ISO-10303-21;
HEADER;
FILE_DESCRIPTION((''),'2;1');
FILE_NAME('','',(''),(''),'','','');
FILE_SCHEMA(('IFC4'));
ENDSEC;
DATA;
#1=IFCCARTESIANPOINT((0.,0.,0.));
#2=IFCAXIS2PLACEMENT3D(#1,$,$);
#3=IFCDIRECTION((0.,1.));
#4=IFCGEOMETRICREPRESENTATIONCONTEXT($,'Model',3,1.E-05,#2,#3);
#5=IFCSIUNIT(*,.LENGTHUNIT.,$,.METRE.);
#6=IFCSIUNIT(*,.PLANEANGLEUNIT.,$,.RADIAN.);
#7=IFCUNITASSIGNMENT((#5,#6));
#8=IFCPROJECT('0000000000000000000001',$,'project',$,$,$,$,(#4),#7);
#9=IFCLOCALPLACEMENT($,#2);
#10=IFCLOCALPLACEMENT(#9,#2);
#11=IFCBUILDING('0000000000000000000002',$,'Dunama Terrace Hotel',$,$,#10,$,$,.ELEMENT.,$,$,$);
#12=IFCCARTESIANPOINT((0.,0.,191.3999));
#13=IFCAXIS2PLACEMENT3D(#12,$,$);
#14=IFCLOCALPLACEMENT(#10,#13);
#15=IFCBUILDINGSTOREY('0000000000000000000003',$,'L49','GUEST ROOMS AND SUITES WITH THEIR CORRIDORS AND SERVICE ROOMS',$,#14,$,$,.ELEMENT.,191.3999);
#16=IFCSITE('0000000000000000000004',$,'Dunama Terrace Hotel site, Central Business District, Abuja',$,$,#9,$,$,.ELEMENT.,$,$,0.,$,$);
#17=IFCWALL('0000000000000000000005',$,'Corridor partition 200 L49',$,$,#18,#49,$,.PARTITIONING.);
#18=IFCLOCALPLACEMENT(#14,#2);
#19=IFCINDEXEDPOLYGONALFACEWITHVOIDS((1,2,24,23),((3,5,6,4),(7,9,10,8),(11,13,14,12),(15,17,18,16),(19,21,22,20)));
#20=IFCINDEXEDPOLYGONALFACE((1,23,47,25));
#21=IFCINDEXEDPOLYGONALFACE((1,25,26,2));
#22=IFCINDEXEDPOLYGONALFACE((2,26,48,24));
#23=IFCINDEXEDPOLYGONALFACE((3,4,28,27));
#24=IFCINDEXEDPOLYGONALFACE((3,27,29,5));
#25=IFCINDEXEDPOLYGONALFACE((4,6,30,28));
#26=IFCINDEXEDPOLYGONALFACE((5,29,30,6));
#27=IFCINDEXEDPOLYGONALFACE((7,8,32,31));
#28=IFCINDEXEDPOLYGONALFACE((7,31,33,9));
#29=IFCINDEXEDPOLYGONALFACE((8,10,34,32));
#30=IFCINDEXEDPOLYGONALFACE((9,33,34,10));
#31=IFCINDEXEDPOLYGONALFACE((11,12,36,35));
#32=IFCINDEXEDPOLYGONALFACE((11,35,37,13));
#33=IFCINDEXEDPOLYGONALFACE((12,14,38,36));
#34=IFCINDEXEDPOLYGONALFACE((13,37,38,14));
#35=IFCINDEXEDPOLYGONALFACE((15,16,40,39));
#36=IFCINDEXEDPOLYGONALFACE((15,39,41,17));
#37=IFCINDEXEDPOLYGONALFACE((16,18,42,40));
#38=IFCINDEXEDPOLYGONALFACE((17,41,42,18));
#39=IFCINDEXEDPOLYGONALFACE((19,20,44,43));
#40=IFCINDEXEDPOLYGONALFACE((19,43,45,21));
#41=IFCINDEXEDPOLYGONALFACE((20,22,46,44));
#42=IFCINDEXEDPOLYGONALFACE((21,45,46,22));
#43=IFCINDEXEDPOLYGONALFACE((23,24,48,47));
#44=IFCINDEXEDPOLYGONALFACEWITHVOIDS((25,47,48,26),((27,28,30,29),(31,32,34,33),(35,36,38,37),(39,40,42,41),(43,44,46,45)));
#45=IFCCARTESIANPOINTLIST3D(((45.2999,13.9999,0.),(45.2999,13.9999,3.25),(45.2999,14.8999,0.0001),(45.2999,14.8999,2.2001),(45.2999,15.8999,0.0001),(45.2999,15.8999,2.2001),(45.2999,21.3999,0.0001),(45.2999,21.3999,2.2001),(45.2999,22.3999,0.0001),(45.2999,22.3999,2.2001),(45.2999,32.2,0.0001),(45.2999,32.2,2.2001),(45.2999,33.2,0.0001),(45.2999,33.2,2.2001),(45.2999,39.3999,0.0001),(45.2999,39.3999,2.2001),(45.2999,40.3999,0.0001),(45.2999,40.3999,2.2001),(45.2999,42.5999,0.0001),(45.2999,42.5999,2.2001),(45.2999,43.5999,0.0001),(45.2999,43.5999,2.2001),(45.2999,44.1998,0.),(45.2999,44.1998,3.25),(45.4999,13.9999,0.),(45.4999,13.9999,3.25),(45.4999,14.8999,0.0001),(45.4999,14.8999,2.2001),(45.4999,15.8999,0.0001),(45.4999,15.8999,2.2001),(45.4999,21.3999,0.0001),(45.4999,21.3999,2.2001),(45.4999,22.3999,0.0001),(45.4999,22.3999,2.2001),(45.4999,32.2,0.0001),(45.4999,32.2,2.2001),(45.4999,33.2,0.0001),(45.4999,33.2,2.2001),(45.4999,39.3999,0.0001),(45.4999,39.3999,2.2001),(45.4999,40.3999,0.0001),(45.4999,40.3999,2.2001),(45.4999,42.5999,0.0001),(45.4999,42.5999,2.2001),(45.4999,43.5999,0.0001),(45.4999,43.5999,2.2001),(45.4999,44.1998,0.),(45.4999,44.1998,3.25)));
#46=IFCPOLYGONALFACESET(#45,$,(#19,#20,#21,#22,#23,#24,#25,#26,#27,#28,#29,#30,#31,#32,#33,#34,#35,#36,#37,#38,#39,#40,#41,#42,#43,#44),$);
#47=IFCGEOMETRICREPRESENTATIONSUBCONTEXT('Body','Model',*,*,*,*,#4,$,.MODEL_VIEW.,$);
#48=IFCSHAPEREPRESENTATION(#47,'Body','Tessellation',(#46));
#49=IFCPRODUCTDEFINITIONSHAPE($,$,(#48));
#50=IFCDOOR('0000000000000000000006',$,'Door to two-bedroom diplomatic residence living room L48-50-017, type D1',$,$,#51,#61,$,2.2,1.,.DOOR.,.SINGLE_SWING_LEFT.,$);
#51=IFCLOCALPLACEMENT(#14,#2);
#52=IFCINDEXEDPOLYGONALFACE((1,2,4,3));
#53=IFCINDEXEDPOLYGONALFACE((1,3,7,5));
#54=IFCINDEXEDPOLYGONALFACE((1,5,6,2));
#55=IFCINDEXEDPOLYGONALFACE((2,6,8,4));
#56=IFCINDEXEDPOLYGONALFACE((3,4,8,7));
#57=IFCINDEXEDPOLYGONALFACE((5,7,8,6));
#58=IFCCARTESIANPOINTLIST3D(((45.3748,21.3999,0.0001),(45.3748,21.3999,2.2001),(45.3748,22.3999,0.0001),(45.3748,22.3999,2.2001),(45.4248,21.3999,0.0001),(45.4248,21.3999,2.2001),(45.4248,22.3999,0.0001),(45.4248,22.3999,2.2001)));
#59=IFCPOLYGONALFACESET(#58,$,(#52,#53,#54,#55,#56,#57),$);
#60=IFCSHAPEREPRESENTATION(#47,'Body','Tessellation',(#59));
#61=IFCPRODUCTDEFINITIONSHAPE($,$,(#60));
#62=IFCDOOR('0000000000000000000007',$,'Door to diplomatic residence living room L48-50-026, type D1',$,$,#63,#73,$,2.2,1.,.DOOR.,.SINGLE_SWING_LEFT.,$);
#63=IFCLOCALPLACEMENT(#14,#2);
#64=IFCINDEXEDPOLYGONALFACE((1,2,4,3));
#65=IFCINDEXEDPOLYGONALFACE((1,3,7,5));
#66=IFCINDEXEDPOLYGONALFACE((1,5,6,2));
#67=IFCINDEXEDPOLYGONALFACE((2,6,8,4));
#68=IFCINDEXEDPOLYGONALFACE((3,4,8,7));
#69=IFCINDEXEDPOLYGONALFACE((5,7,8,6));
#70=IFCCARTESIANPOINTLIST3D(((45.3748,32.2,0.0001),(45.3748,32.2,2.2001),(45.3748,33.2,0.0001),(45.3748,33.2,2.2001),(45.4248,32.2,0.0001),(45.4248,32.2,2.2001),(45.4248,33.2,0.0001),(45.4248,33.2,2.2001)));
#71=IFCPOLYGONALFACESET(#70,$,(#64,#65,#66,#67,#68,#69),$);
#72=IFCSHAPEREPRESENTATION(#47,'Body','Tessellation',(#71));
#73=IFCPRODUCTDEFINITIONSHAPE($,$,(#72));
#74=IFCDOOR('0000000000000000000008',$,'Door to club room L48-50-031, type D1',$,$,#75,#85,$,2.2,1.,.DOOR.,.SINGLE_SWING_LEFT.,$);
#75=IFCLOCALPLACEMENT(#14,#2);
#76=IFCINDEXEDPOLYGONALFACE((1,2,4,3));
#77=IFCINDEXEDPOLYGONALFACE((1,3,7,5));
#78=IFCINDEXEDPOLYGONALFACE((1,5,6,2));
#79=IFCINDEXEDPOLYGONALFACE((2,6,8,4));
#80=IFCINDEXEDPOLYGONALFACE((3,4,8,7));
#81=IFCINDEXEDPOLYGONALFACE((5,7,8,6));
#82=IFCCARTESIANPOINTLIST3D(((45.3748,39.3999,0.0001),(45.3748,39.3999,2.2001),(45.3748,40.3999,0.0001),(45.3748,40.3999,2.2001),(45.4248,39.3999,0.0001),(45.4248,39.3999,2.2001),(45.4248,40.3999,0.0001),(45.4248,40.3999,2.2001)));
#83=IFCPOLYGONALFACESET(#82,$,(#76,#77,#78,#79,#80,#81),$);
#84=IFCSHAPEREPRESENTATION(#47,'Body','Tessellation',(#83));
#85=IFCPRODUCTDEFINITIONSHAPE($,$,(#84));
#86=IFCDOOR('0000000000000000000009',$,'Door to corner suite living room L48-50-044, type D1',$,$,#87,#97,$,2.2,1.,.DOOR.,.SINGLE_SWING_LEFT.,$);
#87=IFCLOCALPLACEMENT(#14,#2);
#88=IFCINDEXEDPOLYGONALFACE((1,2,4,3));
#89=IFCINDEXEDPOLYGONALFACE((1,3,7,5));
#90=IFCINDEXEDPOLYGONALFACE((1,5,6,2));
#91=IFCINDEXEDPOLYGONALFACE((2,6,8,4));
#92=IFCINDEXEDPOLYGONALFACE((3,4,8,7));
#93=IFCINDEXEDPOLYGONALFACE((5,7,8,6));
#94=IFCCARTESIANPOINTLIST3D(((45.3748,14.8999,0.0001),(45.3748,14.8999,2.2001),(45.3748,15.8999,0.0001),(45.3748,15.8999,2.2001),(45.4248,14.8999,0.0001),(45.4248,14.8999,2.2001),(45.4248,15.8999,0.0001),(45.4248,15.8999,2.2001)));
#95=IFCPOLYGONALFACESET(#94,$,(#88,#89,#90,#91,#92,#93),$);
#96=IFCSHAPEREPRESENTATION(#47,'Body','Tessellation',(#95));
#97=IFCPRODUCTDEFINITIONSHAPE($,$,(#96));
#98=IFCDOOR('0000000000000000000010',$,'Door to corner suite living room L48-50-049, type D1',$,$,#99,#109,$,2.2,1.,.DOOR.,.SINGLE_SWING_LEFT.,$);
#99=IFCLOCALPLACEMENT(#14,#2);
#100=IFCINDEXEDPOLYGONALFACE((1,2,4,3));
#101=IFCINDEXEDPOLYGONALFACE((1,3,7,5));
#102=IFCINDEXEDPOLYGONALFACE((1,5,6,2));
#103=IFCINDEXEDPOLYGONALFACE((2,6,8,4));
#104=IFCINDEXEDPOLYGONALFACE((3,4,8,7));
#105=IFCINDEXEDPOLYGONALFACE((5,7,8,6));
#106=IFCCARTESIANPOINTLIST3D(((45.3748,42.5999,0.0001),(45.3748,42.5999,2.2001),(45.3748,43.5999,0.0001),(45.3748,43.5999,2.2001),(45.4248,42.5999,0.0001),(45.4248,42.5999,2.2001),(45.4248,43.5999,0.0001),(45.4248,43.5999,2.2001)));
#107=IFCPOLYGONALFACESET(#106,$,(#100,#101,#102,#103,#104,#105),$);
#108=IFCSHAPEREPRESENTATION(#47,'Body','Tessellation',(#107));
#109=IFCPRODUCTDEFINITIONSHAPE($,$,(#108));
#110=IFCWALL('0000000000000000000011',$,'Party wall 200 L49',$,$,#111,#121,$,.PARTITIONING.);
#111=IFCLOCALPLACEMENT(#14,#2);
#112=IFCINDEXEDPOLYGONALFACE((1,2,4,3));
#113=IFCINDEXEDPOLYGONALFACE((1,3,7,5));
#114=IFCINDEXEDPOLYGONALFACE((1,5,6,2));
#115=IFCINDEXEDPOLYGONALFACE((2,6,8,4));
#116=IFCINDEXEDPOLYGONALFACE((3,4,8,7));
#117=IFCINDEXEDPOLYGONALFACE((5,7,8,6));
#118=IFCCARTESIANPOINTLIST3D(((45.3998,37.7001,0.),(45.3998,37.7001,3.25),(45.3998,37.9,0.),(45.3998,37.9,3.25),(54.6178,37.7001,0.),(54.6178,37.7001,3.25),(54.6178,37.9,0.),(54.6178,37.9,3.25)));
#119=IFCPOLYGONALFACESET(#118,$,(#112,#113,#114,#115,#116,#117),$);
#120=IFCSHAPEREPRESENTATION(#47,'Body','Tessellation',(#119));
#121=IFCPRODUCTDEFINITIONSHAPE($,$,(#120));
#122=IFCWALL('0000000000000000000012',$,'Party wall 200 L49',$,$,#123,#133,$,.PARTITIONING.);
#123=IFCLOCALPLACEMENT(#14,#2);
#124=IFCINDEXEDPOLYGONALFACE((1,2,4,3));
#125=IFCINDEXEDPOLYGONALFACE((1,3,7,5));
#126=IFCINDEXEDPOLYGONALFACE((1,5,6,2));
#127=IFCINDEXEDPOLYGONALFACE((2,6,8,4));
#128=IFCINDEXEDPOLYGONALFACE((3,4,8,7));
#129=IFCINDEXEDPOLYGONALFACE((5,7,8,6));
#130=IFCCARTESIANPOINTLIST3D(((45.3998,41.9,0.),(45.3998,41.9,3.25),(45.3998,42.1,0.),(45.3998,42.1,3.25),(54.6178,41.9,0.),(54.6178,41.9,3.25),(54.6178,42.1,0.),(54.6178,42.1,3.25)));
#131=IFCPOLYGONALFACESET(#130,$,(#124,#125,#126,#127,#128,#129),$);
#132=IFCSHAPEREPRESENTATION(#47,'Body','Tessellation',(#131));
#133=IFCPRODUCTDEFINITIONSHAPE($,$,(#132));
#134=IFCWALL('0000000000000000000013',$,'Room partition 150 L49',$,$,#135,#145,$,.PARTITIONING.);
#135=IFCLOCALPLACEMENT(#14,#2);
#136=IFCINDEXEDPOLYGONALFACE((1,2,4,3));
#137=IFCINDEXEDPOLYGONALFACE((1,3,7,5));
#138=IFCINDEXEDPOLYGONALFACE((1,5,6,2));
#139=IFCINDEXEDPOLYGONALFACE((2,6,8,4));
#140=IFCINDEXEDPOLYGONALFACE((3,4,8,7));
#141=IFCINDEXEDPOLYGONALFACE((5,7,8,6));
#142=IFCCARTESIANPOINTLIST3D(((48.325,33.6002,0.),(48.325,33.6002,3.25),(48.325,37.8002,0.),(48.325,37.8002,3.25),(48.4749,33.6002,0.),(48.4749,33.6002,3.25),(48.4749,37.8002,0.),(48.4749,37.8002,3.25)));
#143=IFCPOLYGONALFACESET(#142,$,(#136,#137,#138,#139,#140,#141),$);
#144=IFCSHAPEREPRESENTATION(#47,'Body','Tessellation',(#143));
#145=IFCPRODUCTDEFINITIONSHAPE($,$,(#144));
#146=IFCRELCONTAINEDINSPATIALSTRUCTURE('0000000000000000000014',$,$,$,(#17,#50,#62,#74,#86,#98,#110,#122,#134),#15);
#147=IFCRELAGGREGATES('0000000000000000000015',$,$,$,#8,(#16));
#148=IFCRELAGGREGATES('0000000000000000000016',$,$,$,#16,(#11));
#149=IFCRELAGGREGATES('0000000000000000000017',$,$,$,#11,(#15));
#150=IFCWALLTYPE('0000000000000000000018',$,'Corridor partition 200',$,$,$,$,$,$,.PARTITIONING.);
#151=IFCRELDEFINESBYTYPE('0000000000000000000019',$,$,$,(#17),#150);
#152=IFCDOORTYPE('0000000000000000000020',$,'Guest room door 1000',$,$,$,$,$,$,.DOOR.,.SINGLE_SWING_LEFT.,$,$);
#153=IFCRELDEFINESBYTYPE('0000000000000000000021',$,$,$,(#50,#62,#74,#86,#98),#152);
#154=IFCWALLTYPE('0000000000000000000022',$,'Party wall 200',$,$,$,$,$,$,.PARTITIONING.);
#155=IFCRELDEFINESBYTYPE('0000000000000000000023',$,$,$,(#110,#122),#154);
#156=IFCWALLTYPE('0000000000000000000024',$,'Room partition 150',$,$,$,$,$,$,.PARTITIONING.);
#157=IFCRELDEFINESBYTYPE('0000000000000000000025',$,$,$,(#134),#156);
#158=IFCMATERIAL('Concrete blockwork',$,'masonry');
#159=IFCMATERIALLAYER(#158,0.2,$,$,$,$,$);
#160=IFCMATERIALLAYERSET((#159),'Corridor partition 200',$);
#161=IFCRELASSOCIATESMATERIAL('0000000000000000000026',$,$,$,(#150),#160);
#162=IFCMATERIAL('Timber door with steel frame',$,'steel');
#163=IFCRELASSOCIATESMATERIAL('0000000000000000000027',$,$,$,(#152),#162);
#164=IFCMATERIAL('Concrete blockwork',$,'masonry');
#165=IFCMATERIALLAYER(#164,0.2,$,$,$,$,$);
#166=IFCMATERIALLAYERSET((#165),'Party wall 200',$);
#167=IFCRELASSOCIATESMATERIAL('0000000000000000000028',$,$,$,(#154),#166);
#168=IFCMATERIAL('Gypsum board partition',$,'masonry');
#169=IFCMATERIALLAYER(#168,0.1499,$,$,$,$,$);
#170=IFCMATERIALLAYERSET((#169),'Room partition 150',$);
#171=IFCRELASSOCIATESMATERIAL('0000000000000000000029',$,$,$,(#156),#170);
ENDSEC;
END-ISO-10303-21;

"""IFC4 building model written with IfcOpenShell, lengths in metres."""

from ifc_helpers import new_model, si_unit, direction, frame, frame_2d, origin, place, context, subcontext, project, spatial, rectangle, extrude, material, layer, layer_set, type_object, element, fill, save


model = new_model("IFC4")

# Units and contexts
model_context = context("Model", 3, precision=1e-05, world=origin(), true_north=direction((0.0, 1.0)))
body_context = subcontext(model_context, "Body", "Model", "MODEL_VIEW")
ifc_project = project(units=[si_unit("LENGTHUNIT", "METRE"), si_unit("PLANEANGLEUNIT", "RADIAN")], contexts=[model_context])

# Site, building, storey
site_placement = place(None, origin())
site = spatial("IfcSite", under=ifc_project, at=site_placement, Name="Dunama Terrace Hotel site, Central Business District, Abuja", CompositionType="ELEMENT", RefElevation=0.0)
building_placement = place(site_placement, origin())
building = spatial("IfcBuilding", under=site, at=building_placement, Name="Dunama Terrace Hotel", CompositionType="ELEMENT")
storey_placement = place(building_placement, frame((0.0, 0.0, 191.3999)))
storey = spatial("IfcBuildingStorey", under=building, at=storey_placement, Name="L49", Description="GUEST ROOMS AND SUITES WITH THEIR CORRIDORS AND SERVICE ROOMS", CompositionType="ELEMENT", Elevation=191.3999)

# Wall, openings, doors
ifc_material_1 = material(Name="Concrete blockwork", Category="masonry")
ifc_layer_1 = layer(ifc_material_1, 0.2)
ifc_layer_set_1 = layer_set([ifc_layer_1], Name="Corridor partition 200")
wall_type_1 = type_object("IfcWallType", Name="Corridor partition 200", PredefinedType="PARTITIONING", material=ifc_layer_set_1)
wall_1_placement = place(storey_placement, frame((45.3999, 44.2, 0.0), z_axis=(0.0, 0.0, 1.0), x_axis=(0.0, -1.0, 0.0)))
wall_1 = element("IfcWall", 1, at=wall_1_placement, inside=storey, type_object=wall_type_1, Name="Corridor partition 200 L49", PredefinedType="PARTITIONING", context=body_context, shape_type="SweptSolid", body=[
    extrude(rectangle(XDim=30.2, YDim=0.2, at=frame_2d((15.1001, 0.0))), origin(), (0.0, 0.0, 1.0), 3.25),
])
opening_1_placement = place(wall_1_placement, frame((21.8, 0.0, 0.0)))
opening_1 = element("IfcOpeningElement", 2, at=opening_1_placement, cuts=wall_1, PredefinedType="OPENING", context=body_context, shape_type="SweptSolid", body=[
    extrude(rectangle(XDim=1.0, YDim=2.2, at=frame_2d((0.5, 1.1001))), frame((0.0, 0.1099, 0.0), z_axis=(0.0, -1.0, 0.0), x_axis=(1.0, 0.0, 0.0)), (0.0, 0.0, 1.0), 0.22),
])
opening_2_placement = place(wall_1_placement, frame((11.0, 0.0, 0.0)))
opening_2 = element("IfcOpeningElement", 3, at=opening_2_placement, cuts=wall_1, PredefinedType="OPENING", context=body_context, shape_type="SweptSolid", body=[
    extrude(rectangle(XDim=1.0, YDim=2.2, at=frame_2d((0.5, 1.1001))), frame((0.0, 0.1099, 0.0), z_axis=(0.0, -1.0, 0.0), x_axis=(1.0, 0.0, 0.0)), (0.0, 0.0, 1.0), 0.22),
])
opening_3_placement = place(wall_1_placement, frame((3.8, 0.0, 0.0)))
opening_3 = element("IfcOpeningElement", 4, at=opening_3_placement, cuts=wall_1, PredefinedType="OPENING", context=body_context, shape_type="SweptSolid", body=[
    extrude(rectangle(XDim=1.0, YDim=2.2, at=frame_2d((0.5, 1.1001))), frame((0.0, 0.1099, 0.0), z_axis=(0.0, -1.0, 0.0), x_axis=(1.0, 0.0, 0.0)), (0.0, 0.0, 1.0), 0.22),
])
opening_4_placement = place(wall_1_placement, frame((28.3, 0.0, 0.0)))
opening_4 = element("IfcOpeningElement", 5, at=opening_4_placement, cuts=wall_1, PredefinedType="OPENING", context=body_context, shape_type="SweptSolid", body=[
    extrude(rectangle(XDim=1.0, YDim=2.2, at=frame_2d((0.5, 1.1001))), frame((0.0, 0.1099, 0.0), z_axis=(0.0, -1.0, 0.0), x_axis=(1.0, 0.0, 0.0)), (0.0, 0.0, 1.0), 0.22),
])
opening_5_placement = place(wall_1_placement, frame((0.6001, 0.0, 0.0)))
opening_5 = element("IfcOpeningElement", 6, at=opening_5_placement, cuts=wall_1, PredefinedType="OPENING", context=body_context, shape_type="SweptSolid", body=[
    extrude(rectangle(XDim=1.0, YDim=2.2, at=frame_2d((0.5, 1.1001))), frame((0.0, 0.1099, 0.0), z_axis=(0.0, -1.0, 0.0), x_axis=(1.0, 0.0, 0.0)), (0.0, 0.0, 1.0), 0.22),
])
ifc_material_2 = material(Name="Timber door with steel frame", Category="steel")
door_type_1 = type_object("IfcDoorType", Name="Guest room door 1000", OperationType="SINGLE_SWING_LEFT", PredefinedType="DOOR", material=ifc_material_2)
door_1_placement = place(opening_1_placement, origin())
door_1 = element("IfcDoor", 7, at=door_1_placement, inside=storey, type_object=door_type_1, Name="Door to two-bedroom diplomatic residence living room L48-50-017, type D1", OperationType="SINGLE_SWING_LEFT", OverallHeight=2.2, OverallWidth=1.0, PredefinedType="DOOR", context=body_context, shape_type="SweptSolid", body=[
    extrude(rectangle(XDim=1.0, YDim=2.2, at=frame_2d((0.5, 1.1001))), frame((0.0, 0.0249, 0.0), z_axis=(0.0, -1.0, 0.0), x_axis=(1.0, 0.0, 0.0)), (0.0, 0.0, 1.0), 0.05),
])
fill(opening_1, door_1)
door_2_placement = place(opening_2_placement, origin())
door_2 = element("IfcDoor", 8, at=door_2_placement, inside=storey, type_object=door_type_1, Name="Door to diplomatic residence living room L48-50-026, type D1", OperationType="SINGLE_SWING_LEFT", OverallHeight=2.2, OverallWidth=1.0, PredefinedType="DOOR", context=body_context, shape_type="SweptSolid", body=[
    extrude(rectangle(XDim=1.0, YDim=2.2, at=frame_2d((0.5, 1.1001))), frame((0.0, 0.0249, 0.0), z_axis=(0.0, -1.0, 0.0), x_axis=(1.0, 0.0, 0.0)), (0.0, 0.0, 1.0), 0.05),
])
fill(opening_2, door_2)
door_3_placement = place(opening_3_placement, origin())
door_3 = element("IfcDoor", 9, at=door_3_placement, inside=storey, type_object=door_type_1, Name="Door to club room L48-50-031, type D1", OperationType="SINGLE_SWING_LEFT", OverallHeight=2.2, OverallWidth=1.0, PredefinedType="DOOR", context=body_context, shape_type="SweptSolid", body=[
    extrude(rectangle(XDim=1.0, YDim=2.2, at=frame_2d((0.5, 1.1001))), frame((0.0, 0.0249, 0.0), z_axis=(0.0, -1.0, 0.0), x_axis=(1.0, 0.0, 0.0)), (0.0, 0.0, 1.0), 0.05),
])
fill(opening_3, door_3)
door_4_placement = place(opening_4_placement, origin())
door_4 = element("IfcDoor", 10, at=door_4_placement, inside=storey, type_object=door_type_1, Name="Door to corner suite living room L48-50-044, type D1", OperationType="SINGLE_SWING_LEFT", OverallHeight=2.2, OverallWidth=1.0, PredefinedType="DOOR", context=body_context, shape_type="SweptSolid", body=[
    extrude(rectangle(XDim=1.0, YDim=2.2, at=frame_2d((0.5, 1.1001))), frame((0.0, 0.0249, 0.0), z_axis=(0.0, -1.0, 0.0), x_axis=(1.0, 0.0, 0.0)), (0.0, 0.0, 1.0), 0.05),
])
fill(opening_4, door_4)
door_5_placement = place(opening_5_placement, origin())
door_5 = element("IfcDoor", 11, at=door_5_placement, inside=storey, type_object=door_type_1, Name="Door to corner suite living room L48-50-049, type D1", OperationType="SINGLE_SWING_LEFT", OverallHeight=2.2, OverallWidth=1.0, PredefinedType="DOOR", context=body_context, shape_type="SweptSolid", body=[
    extrude(rectangle(XDim=1.0, YDim=2.2, at=frame_2d((0.5, 1.1001))), frame((0.0, 0.0249, 0.0), z_axis=(0.0, -1.0, 0.0), x_axis=(1.0, 0.0, 0.0)), (0.0, 0.0, 1.0), 0.05),
])
fill(opening_5, door_5)

# Walls
ifc_material_3 = material(Name="Concrete blockwork", Category="masonry")
ifc_layer_2 = layer(ifc_material_3, 0.2)
ifc_layer_set_2 = layer_set([ifc_layer_2], Name="Party wall 200")
wall_type_2 = type_object("IfcWallType", Name="Party wall 200", PredefinedType="PARTITIONING", material=ifc_layer_set_2)
for number, where, z_axis, x_axis, name in (
    (12, (45.3999, 37.8, 0.0), (0.0, 0.0, 1.0), (1.0, 0.0, 0.0), "Party wall 200 L49"),
    (13, (45.3999, 42.0, 0.0), (0.0, 0.0, 1.0), (1.0, 0.0, 0.0), "Party wall 200 L49"),
):
    element("IfcWall", number, at=place(storey_placement, frame(where, z_axis=z_axis, x_axis=x_axis)), inside=storey, type_object=wall_type_2, Name=name, PredefinedType="PARTITIONING", context=body_context, shape_type="SweptSolid", body=[
        extrude(rectangle(XDim=9.218, YDim=0.2, at=frame_2d((4.6089, 0.0))), origin(), (0.0, 0.0, 1.0), 3.25),
    ])
ifc_material_4 = material(Name="Gypsum board partition", Category="masonry")
ifc_layer_3 = layer(ifc_material_4, 0.1499)
ifc_layer_set_3 = layer_set([ifc_layer_3], Name="Room partition 150")
wall_type_3 = type_object("IfcWallType", Name="Room partition 150", PredefinedType="PARTITIONING", material=ifc_layer_set_3)
wall_2_placement = place(storey_placement, frame((48.3999, 33.6001, 0.0), z_axis=(0.0, 0.0, 1.0), x_axis=(0.0, 1.0, 0.0)))
element("IfcWall", 14, at=wall_2_placement, inside=storey, type_object=wall_type_3, Name="Room partition 150 L49", PredefinedType="PARTITIONING", context=body_context, shape_type="SweptSolid", body=[
    extrude(rectangle(XDim=4.2, YDim=0.1499, at=frame_2d((2.1001, 0.0))), origin(), (0.0, 0.0, 1.0), 3.25),
])

save(model, "model.ifc")
